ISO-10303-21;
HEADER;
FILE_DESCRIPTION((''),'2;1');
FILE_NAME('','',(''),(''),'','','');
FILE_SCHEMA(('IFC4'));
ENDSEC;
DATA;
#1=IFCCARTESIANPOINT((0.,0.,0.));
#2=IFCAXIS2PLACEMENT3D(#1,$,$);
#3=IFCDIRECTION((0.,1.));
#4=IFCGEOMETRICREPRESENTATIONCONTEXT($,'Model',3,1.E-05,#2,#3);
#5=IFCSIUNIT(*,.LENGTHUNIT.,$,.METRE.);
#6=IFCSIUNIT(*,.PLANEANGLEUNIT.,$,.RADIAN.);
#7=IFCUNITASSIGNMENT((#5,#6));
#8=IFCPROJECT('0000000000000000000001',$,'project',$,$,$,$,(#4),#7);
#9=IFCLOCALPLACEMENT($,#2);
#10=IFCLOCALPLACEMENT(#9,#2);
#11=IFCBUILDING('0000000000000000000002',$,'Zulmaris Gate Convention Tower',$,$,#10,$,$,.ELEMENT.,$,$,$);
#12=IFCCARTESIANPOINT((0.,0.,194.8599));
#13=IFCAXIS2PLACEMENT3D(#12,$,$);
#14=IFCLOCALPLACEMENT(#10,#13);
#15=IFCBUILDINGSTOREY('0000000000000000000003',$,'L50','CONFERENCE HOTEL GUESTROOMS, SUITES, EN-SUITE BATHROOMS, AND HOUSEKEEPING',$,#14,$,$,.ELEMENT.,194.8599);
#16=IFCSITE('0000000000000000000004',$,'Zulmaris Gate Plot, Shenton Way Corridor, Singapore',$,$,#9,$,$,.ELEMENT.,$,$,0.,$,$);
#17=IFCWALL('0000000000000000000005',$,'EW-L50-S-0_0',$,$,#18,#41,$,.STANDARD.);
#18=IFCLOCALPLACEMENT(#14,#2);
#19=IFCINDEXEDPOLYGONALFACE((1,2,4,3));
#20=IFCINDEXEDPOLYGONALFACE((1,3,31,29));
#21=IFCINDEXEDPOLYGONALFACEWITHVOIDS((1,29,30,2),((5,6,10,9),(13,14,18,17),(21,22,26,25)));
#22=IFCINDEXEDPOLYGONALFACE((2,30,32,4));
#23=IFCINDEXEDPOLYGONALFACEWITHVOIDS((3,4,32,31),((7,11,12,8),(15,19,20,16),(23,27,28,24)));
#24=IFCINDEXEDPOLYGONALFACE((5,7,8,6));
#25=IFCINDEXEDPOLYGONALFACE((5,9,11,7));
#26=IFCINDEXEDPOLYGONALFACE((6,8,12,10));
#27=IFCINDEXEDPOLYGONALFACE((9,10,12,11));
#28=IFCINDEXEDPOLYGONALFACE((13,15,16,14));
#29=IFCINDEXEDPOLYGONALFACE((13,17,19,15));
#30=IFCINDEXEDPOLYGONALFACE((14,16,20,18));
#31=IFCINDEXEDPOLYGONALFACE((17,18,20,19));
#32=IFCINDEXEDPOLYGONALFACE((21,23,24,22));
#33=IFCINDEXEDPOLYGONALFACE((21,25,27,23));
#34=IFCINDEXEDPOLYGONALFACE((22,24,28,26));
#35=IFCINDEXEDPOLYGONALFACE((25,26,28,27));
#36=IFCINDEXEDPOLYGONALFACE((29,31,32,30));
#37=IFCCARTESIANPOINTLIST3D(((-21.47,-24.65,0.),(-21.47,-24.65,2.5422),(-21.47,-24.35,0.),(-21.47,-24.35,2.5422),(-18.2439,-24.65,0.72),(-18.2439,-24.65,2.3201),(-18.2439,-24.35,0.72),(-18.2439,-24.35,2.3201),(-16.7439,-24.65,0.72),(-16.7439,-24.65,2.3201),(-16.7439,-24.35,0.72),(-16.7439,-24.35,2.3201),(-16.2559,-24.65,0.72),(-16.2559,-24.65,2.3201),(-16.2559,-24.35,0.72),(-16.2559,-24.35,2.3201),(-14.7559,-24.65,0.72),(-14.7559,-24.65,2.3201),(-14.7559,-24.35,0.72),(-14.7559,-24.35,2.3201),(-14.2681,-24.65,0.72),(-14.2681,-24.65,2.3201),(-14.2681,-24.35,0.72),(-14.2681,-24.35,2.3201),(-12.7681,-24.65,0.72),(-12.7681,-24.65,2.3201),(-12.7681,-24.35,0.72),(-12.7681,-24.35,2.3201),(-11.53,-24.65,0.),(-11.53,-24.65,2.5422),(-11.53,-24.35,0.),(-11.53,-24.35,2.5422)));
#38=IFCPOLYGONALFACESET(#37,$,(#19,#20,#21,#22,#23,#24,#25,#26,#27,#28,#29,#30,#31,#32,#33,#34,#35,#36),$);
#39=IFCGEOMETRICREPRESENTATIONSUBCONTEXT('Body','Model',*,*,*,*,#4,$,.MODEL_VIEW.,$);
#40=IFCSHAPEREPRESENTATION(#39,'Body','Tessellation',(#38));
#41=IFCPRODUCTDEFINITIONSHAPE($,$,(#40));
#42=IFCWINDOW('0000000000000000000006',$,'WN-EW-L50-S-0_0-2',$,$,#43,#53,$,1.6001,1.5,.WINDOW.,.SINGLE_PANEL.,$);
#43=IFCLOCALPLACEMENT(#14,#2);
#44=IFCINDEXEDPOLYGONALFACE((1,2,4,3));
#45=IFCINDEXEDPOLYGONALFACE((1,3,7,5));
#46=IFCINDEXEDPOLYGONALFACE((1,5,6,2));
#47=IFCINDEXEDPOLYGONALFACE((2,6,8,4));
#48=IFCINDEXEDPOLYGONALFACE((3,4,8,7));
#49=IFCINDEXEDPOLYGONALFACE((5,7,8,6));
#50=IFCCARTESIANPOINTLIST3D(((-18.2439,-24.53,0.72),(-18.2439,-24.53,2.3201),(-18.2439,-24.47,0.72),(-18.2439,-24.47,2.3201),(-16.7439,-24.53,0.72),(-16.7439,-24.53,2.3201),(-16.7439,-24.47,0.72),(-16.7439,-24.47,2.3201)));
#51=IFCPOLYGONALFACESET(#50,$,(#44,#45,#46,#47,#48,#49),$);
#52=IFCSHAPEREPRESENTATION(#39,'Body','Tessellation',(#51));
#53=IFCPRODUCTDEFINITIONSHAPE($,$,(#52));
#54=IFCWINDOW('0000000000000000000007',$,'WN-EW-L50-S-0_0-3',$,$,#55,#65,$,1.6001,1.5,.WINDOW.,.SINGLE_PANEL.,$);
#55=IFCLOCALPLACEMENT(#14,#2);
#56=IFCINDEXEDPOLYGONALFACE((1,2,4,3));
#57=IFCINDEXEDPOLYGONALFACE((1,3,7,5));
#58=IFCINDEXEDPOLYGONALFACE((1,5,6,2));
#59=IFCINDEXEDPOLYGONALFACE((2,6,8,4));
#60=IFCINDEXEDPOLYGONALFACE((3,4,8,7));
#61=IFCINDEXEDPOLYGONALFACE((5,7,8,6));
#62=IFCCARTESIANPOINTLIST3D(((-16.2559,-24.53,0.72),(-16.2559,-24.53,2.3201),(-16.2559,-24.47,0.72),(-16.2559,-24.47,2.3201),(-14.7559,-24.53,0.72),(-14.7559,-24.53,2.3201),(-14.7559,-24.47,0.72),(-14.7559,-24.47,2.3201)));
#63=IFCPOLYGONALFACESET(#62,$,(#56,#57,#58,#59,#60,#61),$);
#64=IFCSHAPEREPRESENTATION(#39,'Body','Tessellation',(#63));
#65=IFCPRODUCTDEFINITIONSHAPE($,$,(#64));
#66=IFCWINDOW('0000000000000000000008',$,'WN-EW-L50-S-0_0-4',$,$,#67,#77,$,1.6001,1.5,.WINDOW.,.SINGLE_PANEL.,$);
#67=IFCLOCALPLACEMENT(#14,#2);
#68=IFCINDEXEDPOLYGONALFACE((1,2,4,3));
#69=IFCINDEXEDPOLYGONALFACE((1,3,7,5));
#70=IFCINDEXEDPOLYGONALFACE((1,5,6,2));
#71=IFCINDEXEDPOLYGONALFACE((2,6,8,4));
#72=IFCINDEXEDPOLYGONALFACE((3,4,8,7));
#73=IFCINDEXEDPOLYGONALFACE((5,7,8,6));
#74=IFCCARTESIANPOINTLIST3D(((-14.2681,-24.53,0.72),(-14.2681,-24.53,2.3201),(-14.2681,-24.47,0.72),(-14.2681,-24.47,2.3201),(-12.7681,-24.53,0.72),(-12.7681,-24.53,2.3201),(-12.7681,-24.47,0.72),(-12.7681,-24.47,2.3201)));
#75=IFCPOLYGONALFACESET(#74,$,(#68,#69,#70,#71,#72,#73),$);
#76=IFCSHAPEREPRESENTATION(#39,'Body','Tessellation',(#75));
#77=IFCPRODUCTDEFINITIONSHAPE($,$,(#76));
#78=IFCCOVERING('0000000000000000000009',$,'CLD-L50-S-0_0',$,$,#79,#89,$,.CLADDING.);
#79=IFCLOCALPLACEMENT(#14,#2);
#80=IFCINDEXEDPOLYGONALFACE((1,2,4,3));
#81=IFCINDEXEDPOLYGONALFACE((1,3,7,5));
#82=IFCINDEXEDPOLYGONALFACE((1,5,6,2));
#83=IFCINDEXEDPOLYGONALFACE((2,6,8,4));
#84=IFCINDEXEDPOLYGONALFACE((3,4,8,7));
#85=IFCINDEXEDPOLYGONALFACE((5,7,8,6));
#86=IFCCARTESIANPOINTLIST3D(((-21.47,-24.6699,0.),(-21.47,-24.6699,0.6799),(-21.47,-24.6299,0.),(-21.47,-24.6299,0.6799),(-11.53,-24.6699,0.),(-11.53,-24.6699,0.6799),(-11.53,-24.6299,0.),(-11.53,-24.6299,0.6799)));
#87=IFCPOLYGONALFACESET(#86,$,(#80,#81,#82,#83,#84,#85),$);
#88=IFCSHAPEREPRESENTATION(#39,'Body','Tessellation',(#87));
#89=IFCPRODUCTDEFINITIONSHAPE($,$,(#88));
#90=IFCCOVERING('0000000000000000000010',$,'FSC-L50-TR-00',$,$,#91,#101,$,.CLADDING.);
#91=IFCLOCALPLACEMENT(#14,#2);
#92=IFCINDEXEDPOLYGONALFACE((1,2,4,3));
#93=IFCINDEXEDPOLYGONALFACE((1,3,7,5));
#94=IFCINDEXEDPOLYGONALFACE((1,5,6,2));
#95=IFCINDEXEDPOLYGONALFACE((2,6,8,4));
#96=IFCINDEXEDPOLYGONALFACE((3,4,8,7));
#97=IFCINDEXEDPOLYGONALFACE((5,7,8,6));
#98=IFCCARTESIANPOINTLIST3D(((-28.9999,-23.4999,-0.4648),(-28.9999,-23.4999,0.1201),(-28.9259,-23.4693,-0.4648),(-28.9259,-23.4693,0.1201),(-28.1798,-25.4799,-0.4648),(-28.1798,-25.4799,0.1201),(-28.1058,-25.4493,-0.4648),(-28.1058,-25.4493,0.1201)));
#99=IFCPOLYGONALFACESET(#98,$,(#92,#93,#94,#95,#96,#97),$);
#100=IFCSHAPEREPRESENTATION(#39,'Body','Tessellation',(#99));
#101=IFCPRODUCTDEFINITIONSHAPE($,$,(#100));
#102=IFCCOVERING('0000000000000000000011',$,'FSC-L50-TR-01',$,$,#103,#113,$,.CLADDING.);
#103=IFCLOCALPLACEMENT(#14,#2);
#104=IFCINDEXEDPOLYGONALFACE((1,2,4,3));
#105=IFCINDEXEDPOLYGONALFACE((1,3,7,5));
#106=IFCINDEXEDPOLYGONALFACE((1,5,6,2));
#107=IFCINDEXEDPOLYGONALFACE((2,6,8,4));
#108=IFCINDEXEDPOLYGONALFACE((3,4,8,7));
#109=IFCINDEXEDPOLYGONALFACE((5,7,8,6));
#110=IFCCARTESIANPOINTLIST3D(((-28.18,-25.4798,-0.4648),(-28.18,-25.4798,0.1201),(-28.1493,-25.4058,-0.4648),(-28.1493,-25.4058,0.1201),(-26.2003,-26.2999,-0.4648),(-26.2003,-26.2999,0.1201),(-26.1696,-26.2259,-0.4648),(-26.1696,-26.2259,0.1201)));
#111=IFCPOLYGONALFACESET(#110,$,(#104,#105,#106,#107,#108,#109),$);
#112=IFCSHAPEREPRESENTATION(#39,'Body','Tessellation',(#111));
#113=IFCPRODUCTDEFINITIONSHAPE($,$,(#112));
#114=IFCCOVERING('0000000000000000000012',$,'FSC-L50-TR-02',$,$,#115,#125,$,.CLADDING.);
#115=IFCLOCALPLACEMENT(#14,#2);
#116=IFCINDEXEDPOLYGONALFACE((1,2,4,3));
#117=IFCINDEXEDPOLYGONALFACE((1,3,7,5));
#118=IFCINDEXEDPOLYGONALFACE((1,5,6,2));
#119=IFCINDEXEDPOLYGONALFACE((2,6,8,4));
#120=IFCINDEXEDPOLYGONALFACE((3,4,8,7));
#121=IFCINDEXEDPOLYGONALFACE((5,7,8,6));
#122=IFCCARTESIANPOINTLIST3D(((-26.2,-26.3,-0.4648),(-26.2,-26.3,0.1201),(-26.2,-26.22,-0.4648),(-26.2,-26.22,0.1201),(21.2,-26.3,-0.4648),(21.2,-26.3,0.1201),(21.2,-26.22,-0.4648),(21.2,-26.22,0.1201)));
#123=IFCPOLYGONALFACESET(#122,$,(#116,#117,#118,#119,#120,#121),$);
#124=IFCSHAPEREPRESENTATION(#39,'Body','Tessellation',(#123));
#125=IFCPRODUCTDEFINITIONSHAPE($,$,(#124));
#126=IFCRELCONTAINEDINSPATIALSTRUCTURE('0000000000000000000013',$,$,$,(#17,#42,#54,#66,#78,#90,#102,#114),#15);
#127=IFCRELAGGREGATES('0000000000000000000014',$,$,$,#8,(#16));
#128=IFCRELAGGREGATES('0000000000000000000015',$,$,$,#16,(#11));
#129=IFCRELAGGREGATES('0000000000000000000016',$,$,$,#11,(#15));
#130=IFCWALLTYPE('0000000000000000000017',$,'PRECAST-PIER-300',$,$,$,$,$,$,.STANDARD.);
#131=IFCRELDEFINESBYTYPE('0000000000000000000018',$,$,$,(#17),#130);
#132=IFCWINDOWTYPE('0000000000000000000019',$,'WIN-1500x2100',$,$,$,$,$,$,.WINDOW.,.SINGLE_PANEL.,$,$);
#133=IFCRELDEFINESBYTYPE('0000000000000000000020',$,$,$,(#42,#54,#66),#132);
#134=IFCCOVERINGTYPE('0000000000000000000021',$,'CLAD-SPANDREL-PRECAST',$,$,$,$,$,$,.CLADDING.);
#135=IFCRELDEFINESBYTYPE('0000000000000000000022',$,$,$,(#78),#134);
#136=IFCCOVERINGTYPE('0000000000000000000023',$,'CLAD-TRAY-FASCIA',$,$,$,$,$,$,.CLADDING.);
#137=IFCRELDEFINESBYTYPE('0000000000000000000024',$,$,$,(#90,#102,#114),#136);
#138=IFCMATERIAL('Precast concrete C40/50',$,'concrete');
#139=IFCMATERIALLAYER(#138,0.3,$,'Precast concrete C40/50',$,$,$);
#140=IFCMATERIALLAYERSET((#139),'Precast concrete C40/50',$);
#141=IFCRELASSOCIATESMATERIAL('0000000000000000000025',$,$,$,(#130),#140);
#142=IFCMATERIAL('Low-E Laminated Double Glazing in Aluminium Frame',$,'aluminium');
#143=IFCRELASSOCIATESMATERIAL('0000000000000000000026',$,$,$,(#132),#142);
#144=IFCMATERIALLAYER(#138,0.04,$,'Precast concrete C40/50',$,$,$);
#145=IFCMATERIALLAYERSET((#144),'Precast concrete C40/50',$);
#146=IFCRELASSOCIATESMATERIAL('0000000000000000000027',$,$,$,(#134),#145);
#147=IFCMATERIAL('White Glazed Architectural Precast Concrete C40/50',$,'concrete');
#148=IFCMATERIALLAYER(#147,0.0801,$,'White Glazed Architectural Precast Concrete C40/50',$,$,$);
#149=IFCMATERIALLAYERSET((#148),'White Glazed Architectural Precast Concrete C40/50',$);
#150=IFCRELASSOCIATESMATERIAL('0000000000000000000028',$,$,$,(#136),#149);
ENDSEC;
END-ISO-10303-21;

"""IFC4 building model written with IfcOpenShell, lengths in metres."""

from ifc_helpers import new_model, si_unit, direction, frame, frame_2d, origin, place, context, subcontext, project, spatial, rectangle, extrude, material, layer, layer_set, type_object, element, fill, save


model = new_model("IFC4")

# Units and contexts
model_context = context("Model", 3, precision=1e-05, world=origin(), true_north=direction((0.0, 1.0)))
body_context = subcontext(model_context, "Body", "Model", "MODEL_VIEW")
ifc_project = project(units=[si_unit("LENGTHUNIT", "METRE"), si_unit("PLANEANGLEUNIT", "RADIAN")], contexts=[model_context])

# Site, building, storey
site_placement = place(None, origin())
site = spatial("IfcSite", under=ifc_project, at=site_placement, Name="Zulmaris Gate Plot, Shenton Way Corridor, Singapore", CompositionType="ELEMENT", RefElevation=0.0)
building_placement = place(site_placement, origin())
building = spatial("IfcBuilding", under=site, at=building_placement, Name="Zulmaris Gate Convention Tower", CompositionType="ELEMENT")
storey_placement = place(building_placement, frame((0.0, 0.0, 194.8599)))
storey = spatial("IfcBuildingStorey", under=building, at=storey_placement, Name="L50", Description="CONFERENCE HOTEL GUESTROOMS, SUITES, EN-SUITE BATHROOMS, AND HOUSEKEEPING", CompositionType="ELEMENT", Elevation=194.8599)

# Shared definitions
ifc_material_1 = material(Name="Precast concrete C40/50", Category="concrete")
ifc_layer_1 = layer(ifc_material_1, 0.3, Name="Precast concrete C40/50")
ifc_layer_set_1 = layer_set([ifc_layer_1], Name="Precast concrete C40/50")
wall_type_1 = type_object("IfcWallType", Name="PRECAST-PIER-300", PredefinedType="STANDARD", material=ifc_layer_set_1)
ifc_material_2 = material(Name="Low-E Laminated Double Glazing in Aluminium Frame", Category="aluminium")

# Wall, openings, windows
wall_1_placement = place(storey_placement, frame((-21.47, -24.5, 0.0), z_axis=(0.0, 0.0, 1.0), x_axis=(1.0, 0.0, 0.0)))
wall_1 = element("IfcWall", 1, at=wall_1_placement, inside=storey, type_object=wall_type_1, Name="EW-L50-S-0_0", PredefinedType="STANDARD", context=body_context, shape_type="SweptSolid", body=[
    extrude(rectangle(XDim=9.9399, YDim=0.3, at=frame_2d((4.97, 0.0))), origin(), (0.0, 0.0, 1.0), 2.5422),
])
opening_1_placement = place(wall_1_placement, frame((3.2261, 0.0, 0.72)))
opening_1 = element("IfcOpeningElement", 2, at=opening_1_placement, cuts=wall_1, PredefinedType="OPENING", context=body_context, shape_type="SweptSolid", body=[
    extrude(rectangle(XDim=1.5, YDim=1.6001, at=frame_2d((0.75, 0.8))), frame((0.0, 0.1602, 0.0), z_axis=(0.0, -1.0, 0.0), x_axis=(1.0, 0.0, 0.0)), (0.0, 0.0, 1.0), 0.3201),
])
opening_2_placement = place(wall_1_placement, frame((5.2141, 0.0, 0.72)))
opening_2 = element("IfcOpeningElement", 3, at=opening_2_placement, cuts=wall_1, PredefinedType="OPENING", context=body_context, shape_type="SweptSolid", body=[
    extrude(rectangle(XDim=1.5, YDim=1.6001, at=frame_2d((0.75, 0.8))), frame((0.0, 0.1602, 0.0), z_axis=(0.0, -1.0, 0.0), x_axis=(1.0, 0.0, 0.0)), (0.0, 0.0, 1.0), 0.3201),
])
opening_3_placement = place(wall_1_placement, frame((7.2019, 0.0, 0.72)))
opening_3 = element("IfcOpeningElement", 4, at=opening_3_placement, cuts=wall_1, PredefinedType="OPENING", context=body_context, shape_type="SweptSolid", body=[
    extrude(rectangle(XDim=1.5, YDim=1.6001, at=frame_2d((0.75, 0.8))), frame((0.0, 0.1602, 0.0), z_axis=(0.0, -1.0, 0.0), x_axis=(1.0, 0.0, 0.0)), (0.0, 0.0, 1.0), 0.3201),
])
window_type_1 = type_object("IfcWindowType", Name="WIN-1500x2100", PartitioningType="SINGLE_PANEL", PredefinedType="WINDOW", material=ifc_material_2)
window_1_placement = place(opening_1_placement, origin())
window_1 = element("IfcWindow", 5, at=window_1_placement, inside=storey, type_object=window_type_1, Name="WN-EW-L50-S-0_0-2", OverallHeight=1.6001, OverallWidth=1.5, PartitioningType="SINGLE_PANEL", PredefinedType="WINDOW", context=body_context, shape_type="SweptSolid", body=[
    extrude(rectangle(XDim=1.5, YDim=1.6001, at=frame_2d((0.75, 0.8))), frame((0.0, 0.03, 0.0), z_axis=(0.0, -1.0, 0.0), x_axis=(1.0, 0.0, 0.0)), (0.0, 0.0, 1.0), 0.0601),
])
fill(opening_1, window_1)
window_2_placement = place(opening_2_placement, origin())
window_2 = element("IfcWindow", 6, at=window_2_placement, inside=storey, type_object=window_type_1, Name="WN-EW-L50-S-0_0-3", OverallHeight=1.6001, OverallWidth=1.5, PartitioningType="SINGLE_PANEL", PredefinedType="WINDOW", context=body_context, shape_type="SweptSolid", body=[
    extrude(rectangle(XDim=1.5, YDim=1.6001, at=frame_2d((0.75, 0.8))), frame((0.0, 0.03, 0.0), z_axis=(0.0, -1.0, 0.0), x_axis=(1.0, 0.0, 0.0)), (0.0, 0.0, 1.0), 0.0601),
])
fill(opening_2, window_2)
window_3_placement = place(opening_3_placement, origin())
window_3 = element("IfcWindow", 7, at=window_3_placement, inside=storey, type_object=window_type_1, Name="WN-EW-L50-S-0_0-4", OverallHeight=1.6001, OverallWidth=1.5, PartitioningType="SINGLE_PANEL", PredefinedType="WINDOW", context=body_context, shape_type="SweptSolid", body=[
    extrude(rectangle(XDim=1.5, YDim=1.6001, at=frame_2d((0.75, 0.8))), frame((0.0, 0.03, 0.0), z_axis=(0.0, -1.0, 0.0), x_axis=(1.0, 0.0, 0.0)), (0.0, 0.0, 1.0), 0.0601),
])
fill(opening_3, window_3)

# Coverings
ifc_layer_2 = layer(ifc_material_1, 0.04, Name="Precast concrete C40/50")
ifc_layer_set_2 = layer_set([ifc_layer_2], Name="Precast concrete C40/50")
covering_type_1 = type_object("IfcCoveringType", Name="CLAD-SPANDREL-PRECAST", PredefinedType="CLADDING", material=ifc_layer_set_2)
covering_1_placement = place(storey_placement, frame((-21.47, -24.6499, 0.0), z_axis=(0.0, 0.0, 1.0), x_axis=(1.0, 0.0, 0.0)))
element("IfcCovering", 8, at=covering_1_placement, inside=storey, type_object=covering_type_1, Name="CLD-L50-S-0_0", PredefinedType="CLADDING", context=body_context, shape_type="SweptSolid", body=[
    extrude(rectangle(XDim=9.9399, YDim=0.04, at=frame_2d((4.97, 0.0))), origin(), (0.0, 0.0, 1.0), 0.6799),
])
ifc_material_3 = material(Name="White Glazed Architectural Precast Concrete C40/50", Category="concrete")
ifc_layer_3 = layer(ifc_material_3, 0.0801, Name="White Glazed Architectural Precast Concrete C40/50")
ifc_layer_set_3 = layer_set([ifc_layer_3], Name="White Glazed Architectural Precast Concrete C40/50")
covering_type_2 = type_object("IfcCoveringType", Name="CLAD-TRAY-FASCIA", PredefinedType="CLADDING", material=ifc_layer_set_3)
covering_2_placement = place(storey_placement, frame((-28.9629, -23.4846, -0.4648), z_axis=(0.0, 0.0, 1.0), x_axis=(0.382657, -0.92389, 0.0)))
element("IfcCovering", 9, at=covering_2_placement, inside=storey, type_object=covering_type_2, Name="FSC-L50-TR-00", PredefinedType="CLADDING", context=body_context, shape_type="SweptSolid", body=[
    extrude(rectangle(XDim=2.1431, YDim=0.0801, at=frame_2d((1.0715, 0.0))), origin(), (0.0, 0.0, 1.0), 0.585),
])
covering_3_placement = place(storey_placement, frame((-28.1646, -25.4429, -0.4648), z_axis=(0.0, 0.0, 1.0), x_axis=(0.923874, -0.382697, 0.0)))
element("IfcCovering", 10, at=covering_3_placement, inside=storey, type_object=covering_type_2, Name="FSC-L50-TR-01", PredefinedType="CLADDING", context=body_context, shape_type="SweptSolid", body=[
    extrude(rectangle(XDim=2.1428, YDim=0.0801, at=frame_2d((1.0713, 0.0))), origin(), (0.0, 0.0, 1.0), 0.585),
])
covering_4_placement = place(storey_placement, frame((-26.2, -26.26, -0.4648), z_axis=(0.0, 0.0, 1.0), x_axis=(1.0, 0.0, 0.0)))
element("IfcCovering", 11, at=covering_4_placement, inside=storey, type_object=covering_type_2, Name="FSC-L50-TR-02", PredefinedType="CLADDING", context=body_context, shape_type="SweptSolid", body=[
    extrude(rectangle(XDim=47.3999, YDim=0.0801, at=frame_2d((23.7, 0.0))), origin(), (0.0, 0.0, 1.0), 0.585),
])

save(model, "model.ifc")
